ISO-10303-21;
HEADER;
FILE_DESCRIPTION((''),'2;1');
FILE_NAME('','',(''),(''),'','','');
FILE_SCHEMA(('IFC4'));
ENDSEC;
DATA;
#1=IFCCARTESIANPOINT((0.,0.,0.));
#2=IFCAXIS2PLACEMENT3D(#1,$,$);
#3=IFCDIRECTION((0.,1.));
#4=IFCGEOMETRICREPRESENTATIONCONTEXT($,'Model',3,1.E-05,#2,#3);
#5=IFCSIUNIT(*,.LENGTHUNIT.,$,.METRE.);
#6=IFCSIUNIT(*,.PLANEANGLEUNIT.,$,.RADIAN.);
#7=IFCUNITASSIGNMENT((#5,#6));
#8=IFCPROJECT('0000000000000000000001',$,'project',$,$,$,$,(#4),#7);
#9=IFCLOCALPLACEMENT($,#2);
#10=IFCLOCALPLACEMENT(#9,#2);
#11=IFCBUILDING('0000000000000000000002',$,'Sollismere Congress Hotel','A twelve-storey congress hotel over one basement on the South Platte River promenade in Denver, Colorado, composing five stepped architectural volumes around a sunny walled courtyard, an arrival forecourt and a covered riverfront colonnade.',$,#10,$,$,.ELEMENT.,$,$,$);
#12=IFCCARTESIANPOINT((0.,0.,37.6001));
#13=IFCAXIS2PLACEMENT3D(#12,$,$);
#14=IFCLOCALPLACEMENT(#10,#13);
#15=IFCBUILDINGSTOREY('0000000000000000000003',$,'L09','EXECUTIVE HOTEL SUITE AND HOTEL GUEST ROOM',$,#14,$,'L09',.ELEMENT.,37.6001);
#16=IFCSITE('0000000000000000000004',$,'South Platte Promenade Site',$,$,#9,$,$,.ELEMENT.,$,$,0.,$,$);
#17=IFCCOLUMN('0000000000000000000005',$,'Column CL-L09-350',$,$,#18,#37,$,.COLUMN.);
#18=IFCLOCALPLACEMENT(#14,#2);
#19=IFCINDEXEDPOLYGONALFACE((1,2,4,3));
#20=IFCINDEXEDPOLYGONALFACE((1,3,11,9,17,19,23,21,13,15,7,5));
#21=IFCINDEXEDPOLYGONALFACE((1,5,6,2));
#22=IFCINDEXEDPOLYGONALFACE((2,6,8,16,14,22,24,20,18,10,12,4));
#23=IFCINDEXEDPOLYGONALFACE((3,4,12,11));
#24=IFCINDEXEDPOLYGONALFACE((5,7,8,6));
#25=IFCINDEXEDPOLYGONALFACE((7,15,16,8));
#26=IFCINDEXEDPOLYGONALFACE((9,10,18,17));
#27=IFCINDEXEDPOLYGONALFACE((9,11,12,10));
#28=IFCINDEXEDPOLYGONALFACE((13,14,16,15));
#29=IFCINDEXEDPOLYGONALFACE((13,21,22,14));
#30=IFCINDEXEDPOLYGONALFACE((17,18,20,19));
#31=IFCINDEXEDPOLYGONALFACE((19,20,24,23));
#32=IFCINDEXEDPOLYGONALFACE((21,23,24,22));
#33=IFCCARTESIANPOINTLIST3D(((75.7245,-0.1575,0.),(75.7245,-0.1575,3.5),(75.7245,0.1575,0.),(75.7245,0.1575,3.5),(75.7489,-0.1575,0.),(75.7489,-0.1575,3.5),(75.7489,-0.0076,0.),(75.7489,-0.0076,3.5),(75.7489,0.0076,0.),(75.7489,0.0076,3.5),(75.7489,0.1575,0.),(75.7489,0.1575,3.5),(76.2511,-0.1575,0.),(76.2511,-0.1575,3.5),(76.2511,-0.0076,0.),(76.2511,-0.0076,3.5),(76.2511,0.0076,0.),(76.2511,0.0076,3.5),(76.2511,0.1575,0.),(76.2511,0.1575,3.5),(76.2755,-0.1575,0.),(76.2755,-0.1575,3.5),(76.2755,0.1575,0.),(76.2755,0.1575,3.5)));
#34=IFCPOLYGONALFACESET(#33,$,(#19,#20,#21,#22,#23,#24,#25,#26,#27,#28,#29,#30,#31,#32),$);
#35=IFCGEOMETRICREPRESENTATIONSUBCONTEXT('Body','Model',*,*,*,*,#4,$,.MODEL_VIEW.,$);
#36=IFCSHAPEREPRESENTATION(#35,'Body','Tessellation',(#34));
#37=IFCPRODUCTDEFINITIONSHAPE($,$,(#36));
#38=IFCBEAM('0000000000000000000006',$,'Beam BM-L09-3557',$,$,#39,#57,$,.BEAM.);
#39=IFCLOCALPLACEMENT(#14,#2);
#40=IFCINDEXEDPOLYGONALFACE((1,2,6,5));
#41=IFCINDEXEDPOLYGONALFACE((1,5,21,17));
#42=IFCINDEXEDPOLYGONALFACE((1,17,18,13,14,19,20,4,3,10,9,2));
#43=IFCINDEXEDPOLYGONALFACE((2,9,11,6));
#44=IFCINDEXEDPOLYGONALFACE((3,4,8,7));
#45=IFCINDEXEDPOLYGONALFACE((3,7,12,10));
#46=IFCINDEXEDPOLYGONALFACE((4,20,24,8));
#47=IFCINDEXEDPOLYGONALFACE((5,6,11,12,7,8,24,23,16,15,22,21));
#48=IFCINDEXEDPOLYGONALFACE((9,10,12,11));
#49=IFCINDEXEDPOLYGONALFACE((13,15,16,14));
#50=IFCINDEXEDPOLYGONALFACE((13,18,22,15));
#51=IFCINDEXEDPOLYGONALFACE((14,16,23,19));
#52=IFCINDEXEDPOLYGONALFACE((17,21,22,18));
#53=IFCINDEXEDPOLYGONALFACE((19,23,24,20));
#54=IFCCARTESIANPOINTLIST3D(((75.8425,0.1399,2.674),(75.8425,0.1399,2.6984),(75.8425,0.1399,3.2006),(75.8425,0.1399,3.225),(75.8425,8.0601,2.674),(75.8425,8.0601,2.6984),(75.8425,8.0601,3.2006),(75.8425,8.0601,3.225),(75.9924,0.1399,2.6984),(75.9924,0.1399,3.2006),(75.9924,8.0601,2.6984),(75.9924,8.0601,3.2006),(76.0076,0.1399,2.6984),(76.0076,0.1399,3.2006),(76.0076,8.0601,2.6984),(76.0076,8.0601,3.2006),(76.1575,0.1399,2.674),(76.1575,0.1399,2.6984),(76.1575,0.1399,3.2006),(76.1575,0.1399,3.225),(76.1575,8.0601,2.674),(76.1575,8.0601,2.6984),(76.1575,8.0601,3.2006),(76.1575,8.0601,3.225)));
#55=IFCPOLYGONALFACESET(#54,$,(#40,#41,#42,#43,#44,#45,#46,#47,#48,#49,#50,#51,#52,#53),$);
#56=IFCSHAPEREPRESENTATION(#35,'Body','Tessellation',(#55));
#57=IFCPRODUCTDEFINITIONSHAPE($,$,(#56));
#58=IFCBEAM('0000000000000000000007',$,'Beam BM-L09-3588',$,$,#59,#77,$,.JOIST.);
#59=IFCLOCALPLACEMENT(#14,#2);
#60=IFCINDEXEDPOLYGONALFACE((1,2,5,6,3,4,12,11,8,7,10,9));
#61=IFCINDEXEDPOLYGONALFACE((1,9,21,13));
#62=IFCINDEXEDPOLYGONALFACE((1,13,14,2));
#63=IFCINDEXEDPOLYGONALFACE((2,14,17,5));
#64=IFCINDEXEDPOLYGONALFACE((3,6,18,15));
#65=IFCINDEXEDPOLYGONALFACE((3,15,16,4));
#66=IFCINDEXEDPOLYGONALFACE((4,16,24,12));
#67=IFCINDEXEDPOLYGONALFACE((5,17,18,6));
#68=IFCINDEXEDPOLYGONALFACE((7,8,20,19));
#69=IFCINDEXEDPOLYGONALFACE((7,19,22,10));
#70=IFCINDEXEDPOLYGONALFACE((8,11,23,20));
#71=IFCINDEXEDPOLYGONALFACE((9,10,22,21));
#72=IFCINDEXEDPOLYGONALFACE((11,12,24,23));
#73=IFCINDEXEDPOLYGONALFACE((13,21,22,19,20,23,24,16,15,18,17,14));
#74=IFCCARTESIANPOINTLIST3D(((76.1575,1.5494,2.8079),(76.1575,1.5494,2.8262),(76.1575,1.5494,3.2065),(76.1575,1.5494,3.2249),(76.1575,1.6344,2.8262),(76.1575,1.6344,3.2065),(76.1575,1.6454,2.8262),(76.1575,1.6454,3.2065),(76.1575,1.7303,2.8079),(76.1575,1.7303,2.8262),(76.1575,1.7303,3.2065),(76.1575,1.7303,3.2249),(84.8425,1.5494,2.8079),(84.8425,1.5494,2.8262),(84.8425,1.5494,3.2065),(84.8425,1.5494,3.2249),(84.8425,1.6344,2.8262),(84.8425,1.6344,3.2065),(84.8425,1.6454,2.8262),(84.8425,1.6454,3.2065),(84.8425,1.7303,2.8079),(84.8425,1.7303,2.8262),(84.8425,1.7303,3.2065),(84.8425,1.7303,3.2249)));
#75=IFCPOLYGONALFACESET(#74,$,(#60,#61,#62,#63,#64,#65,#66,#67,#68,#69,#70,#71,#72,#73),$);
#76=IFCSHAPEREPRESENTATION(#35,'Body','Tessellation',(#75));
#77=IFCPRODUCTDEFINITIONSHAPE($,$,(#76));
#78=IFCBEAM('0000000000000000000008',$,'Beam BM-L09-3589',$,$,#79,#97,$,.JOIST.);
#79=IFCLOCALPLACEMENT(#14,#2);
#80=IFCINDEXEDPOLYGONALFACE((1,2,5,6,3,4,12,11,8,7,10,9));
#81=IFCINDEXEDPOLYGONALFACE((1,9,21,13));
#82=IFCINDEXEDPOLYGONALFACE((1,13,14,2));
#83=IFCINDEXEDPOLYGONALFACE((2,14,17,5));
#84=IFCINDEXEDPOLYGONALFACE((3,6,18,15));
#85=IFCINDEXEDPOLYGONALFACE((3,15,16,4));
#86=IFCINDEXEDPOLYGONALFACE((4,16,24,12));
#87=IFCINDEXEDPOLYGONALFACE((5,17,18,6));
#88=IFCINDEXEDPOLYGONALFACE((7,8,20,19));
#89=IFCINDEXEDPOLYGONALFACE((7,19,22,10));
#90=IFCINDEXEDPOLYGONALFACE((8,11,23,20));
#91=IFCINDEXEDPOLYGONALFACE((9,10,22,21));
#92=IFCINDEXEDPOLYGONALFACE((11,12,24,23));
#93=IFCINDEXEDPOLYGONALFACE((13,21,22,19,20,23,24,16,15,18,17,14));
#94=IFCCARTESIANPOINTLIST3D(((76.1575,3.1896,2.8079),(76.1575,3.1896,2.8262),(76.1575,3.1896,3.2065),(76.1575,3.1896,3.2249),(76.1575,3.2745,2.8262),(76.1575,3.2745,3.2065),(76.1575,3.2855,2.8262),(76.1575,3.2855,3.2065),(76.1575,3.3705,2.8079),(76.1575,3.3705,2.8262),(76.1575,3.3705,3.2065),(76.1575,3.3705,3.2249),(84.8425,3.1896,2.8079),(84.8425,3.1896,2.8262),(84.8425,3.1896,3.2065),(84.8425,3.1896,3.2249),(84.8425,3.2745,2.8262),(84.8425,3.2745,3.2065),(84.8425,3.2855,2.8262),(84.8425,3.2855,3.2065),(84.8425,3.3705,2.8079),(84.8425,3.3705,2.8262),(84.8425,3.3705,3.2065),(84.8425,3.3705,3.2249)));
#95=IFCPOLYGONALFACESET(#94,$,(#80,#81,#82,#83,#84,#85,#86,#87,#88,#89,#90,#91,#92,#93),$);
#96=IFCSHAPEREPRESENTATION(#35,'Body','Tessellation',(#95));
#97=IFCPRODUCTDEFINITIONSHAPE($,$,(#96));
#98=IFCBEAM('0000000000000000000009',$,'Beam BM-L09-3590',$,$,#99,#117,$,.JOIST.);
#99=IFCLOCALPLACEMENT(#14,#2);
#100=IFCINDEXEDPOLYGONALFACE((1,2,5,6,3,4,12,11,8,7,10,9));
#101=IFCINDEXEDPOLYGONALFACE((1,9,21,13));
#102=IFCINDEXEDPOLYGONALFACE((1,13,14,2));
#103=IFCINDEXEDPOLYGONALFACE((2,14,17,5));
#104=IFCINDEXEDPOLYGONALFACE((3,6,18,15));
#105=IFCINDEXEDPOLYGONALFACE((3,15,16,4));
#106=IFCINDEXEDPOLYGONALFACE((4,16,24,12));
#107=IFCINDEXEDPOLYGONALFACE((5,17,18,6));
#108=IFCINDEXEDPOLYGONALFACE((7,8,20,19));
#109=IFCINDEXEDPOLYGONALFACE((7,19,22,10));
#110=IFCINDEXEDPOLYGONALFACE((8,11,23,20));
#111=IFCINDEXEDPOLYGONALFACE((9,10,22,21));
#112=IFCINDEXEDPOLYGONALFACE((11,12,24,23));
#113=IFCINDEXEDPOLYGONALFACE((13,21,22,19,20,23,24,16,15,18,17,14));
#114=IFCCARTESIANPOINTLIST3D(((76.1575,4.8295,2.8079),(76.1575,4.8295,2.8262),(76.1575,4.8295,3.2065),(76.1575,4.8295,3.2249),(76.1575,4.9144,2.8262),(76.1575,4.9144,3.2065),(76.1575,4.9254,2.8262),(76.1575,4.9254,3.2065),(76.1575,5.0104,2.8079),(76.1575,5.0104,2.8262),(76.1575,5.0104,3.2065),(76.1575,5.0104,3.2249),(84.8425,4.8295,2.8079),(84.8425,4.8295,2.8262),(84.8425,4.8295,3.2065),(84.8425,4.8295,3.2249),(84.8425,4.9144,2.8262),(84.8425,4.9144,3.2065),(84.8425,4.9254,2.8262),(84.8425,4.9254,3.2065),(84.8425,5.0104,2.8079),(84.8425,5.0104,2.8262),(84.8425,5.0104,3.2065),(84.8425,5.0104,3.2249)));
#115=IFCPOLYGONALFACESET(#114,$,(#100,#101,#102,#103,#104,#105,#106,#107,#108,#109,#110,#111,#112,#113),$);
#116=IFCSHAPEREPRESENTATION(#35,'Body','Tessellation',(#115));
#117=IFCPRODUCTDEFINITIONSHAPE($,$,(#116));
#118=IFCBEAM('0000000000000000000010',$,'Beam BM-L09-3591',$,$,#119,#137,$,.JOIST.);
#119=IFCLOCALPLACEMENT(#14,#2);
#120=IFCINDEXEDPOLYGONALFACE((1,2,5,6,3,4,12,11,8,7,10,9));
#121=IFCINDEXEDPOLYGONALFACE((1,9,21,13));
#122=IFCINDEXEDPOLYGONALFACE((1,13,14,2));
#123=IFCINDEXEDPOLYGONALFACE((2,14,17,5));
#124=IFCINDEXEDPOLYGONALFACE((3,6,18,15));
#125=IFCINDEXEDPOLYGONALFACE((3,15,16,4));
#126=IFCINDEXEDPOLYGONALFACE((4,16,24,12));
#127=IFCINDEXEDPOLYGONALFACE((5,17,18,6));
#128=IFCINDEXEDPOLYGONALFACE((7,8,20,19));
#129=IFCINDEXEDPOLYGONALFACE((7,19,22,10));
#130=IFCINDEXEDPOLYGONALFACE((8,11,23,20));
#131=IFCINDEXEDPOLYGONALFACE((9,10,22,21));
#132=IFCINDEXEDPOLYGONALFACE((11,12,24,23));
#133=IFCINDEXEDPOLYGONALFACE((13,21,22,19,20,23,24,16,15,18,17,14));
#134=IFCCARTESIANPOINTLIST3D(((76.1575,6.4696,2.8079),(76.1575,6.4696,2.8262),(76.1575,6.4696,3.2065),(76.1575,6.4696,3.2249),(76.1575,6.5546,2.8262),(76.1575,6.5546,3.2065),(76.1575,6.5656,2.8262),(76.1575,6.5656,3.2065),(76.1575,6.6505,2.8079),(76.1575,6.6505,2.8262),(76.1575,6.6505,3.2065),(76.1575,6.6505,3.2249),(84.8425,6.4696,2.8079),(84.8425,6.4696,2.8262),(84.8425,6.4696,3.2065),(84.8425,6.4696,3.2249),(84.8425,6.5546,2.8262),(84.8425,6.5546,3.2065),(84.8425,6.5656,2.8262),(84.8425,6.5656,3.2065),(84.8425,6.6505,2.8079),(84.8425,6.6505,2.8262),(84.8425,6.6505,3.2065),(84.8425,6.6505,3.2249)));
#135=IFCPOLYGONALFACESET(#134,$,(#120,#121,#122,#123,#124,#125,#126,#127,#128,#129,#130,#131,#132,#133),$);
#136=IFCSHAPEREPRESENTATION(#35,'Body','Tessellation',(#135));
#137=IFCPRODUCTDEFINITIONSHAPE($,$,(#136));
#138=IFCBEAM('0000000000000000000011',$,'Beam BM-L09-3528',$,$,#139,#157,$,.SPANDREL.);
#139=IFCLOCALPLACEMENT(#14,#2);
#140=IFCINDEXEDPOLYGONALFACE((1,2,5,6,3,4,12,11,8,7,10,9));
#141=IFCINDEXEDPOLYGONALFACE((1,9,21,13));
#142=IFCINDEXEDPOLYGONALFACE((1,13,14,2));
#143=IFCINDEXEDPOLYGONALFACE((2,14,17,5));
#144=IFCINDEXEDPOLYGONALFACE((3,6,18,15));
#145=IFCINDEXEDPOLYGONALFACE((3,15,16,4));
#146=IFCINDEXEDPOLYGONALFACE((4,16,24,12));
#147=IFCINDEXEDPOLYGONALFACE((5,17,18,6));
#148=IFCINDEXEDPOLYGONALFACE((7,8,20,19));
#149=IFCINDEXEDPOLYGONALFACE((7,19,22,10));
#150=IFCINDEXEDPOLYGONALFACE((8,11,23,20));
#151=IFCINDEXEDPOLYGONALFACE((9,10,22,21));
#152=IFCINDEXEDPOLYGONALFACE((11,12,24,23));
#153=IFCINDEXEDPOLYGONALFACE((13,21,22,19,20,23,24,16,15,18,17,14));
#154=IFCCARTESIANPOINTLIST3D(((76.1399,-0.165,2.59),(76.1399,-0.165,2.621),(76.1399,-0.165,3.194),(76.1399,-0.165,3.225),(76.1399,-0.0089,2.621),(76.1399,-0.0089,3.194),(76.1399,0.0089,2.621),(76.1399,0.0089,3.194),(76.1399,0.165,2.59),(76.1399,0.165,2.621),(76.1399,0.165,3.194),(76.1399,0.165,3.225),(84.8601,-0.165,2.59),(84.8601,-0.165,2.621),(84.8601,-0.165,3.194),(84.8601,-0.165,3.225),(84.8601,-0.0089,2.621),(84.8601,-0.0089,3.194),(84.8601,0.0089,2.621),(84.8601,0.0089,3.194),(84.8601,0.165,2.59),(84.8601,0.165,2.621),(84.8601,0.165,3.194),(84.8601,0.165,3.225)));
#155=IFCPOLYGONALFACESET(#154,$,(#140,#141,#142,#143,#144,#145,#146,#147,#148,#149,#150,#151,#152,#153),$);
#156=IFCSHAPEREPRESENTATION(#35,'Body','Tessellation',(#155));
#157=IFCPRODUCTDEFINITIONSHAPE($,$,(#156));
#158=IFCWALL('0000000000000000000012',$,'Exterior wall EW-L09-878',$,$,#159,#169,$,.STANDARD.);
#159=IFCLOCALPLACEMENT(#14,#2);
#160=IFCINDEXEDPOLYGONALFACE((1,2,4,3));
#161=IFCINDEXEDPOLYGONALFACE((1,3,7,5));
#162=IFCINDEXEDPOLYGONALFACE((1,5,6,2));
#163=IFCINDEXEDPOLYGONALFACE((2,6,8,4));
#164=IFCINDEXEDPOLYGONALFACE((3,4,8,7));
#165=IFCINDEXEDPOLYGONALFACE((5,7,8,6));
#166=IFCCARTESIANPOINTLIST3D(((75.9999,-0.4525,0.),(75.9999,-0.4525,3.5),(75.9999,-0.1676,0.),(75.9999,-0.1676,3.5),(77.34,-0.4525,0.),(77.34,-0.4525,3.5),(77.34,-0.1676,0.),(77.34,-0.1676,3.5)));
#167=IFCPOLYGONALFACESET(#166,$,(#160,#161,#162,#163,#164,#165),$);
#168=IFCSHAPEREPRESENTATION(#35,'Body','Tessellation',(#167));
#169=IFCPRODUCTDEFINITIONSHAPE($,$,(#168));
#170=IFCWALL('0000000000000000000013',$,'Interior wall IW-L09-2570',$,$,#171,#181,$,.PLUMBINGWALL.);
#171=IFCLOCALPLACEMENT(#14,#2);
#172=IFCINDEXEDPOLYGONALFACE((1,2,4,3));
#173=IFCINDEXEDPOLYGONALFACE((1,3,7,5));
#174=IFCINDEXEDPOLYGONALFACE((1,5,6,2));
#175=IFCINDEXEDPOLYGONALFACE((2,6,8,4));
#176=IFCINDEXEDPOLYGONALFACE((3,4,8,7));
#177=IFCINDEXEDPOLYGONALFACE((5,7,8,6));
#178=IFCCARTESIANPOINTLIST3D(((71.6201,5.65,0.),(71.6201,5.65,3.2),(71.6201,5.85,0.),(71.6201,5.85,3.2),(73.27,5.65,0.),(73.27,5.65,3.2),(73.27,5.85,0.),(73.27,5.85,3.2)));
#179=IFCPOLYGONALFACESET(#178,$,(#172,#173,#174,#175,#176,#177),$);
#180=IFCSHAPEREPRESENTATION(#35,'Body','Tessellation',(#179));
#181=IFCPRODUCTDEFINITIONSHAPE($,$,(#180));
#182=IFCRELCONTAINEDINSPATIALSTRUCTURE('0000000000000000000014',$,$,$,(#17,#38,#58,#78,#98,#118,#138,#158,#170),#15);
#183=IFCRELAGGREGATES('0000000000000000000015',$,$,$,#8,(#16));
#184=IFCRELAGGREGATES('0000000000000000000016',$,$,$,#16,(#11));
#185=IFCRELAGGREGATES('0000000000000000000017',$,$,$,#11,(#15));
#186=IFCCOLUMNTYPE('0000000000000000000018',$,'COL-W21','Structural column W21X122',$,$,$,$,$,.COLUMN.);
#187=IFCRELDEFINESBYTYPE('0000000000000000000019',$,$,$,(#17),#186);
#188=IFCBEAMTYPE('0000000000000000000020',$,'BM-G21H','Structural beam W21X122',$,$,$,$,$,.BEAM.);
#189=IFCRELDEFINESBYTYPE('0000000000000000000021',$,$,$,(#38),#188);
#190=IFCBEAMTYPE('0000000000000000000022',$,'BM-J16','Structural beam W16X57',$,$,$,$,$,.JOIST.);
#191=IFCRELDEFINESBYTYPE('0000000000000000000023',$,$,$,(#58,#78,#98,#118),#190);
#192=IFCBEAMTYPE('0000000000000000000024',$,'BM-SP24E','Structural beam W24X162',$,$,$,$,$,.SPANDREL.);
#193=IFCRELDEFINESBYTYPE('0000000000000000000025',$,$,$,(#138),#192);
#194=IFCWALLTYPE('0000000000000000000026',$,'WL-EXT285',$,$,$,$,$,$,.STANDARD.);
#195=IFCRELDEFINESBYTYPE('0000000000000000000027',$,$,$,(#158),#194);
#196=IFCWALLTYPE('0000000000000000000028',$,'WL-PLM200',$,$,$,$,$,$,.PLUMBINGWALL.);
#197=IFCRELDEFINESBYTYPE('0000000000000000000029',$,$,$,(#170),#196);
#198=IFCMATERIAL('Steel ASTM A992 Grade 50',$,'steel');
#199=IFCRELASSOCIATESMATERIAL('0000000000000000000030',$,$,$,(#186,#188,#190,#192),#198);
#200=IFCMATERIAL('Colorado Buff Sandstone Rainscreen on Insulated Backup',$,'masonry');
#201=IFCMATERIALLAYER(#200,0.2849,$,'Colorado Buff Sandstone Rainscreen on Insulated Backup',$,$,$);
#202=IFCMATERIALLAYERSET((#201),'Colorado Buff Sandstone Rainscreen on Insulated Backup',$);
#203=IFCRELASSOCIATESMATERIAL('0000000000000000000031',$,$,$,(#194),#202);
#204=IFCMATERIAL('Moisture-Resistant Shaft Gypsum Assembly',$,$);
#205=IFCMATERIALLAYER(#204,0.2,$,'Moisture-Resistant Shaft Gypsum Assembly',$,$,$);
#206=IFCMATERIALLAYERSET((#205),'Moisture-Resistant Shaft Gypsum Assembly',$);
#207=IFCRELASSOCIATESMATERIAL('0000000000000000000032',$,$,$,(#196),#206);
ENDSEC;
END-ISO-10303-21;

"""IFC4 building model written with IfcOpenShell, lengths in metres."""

from ifc_helpers import new_model, si_unit, direction, frame, frame_2d, origin, origin_2d, place, context, subcontext, project, spatial, rectangle, i_section, extrude, material, layer, layer_set, material_profile, profile_set, type_object, element, save


model = new_model("IFC4")

# Units and contexts
model_context = context("Model", 3, precision=1e-05, world=origin(), true_north=direction((0.0, 1.0)))
body_context = subcontext(model_context, "Body", "Model", "MODEL_VIEW")
ifc_project = project(units=[si_unit("LENGTHUNIT", "METRE"), si_unit("PLANEANGLEUNIT", "RADIAN")], contexts=[model_context])

# Site, building, storey
site_placement = place(None, origin())
site = spatial("IfcSite", under=ifc_project, at=site_placement, Name="South Platte Promenade Site", CompositionType="ELEMENT", RefElevation=0.0)
building_placement = place(site_placement, origin())
building = spatial("IfcBuilding", under=site, at=building_placement, Name="Sollismere Congress Hotel", Description="A twelve-storey congress hotel over one basement on the South Platte River promenade in Denver, Colorado, composing five stepped architectural volumes around a sunny walled courtyard, an arrival forecourt and a covered riverfront colonnade.", CompositionType="ELEMENT")
storey_placement = place(building_placement, frame((0.0, 0.0, 37.6001)))
storey = spatial("IfcBuildingStorey", under=building, at=storey_placement, Name="L09", Description="EXECUTIVE HOTEL SUITE AND HOTEL GUEST ROOM", LongName="L09", CompositionType="ELEMENT", Elevation=37.6001)

# Column
ifc_material_1 = material(Name="Steel ASTM A992 Grade 50", Category="steel")
ifc_material_profile_1 = material_profile(ifc_material_1, i_section(OverallWidth=0.3149, OverallDepth=0.551, WebThickness=0.0151, FlangeThickness=0.0244, at=origin_2d()), Name="W21X122")
ifc_profile_set_1 = profile_set([ifc_material_profile_1], Name="Steel ASTM A992 Grade 50")
column_type = type_object("IfcColumnType", Name="COL-W21", Description="Structural column W21X122", PredefinedType="COLUMN", material=ifc_profile_set_1)
column_placement = place(storey_placement, frame((76.0, 0.0, 0.0), z_axis=(0.0, 0.0, 1.0), x_axis=(0.0, 1.0, 0.0)))
element("IfcColumn", 1, at=column_placement, inside=storey, type_object=column_type, Name="Column CL-L09-350", PredefinedType="COLUMN", context=body_context, shape_type="SweptSolid", body=[
    extrude(i_section(OverallWidth=0.3149, OverallDepth=0.551, WebThickness=0.0151, FlangeThickness=0.0244, at=origin_2d()), origin(), (0.0, 0.0, 1.0), 3.5),
])

# Beams
ifc_material_profile_2 = material_profile(ifc_material_1, i_section(OverallWidth=0.3149, OverallDepth=0.551, WebThickness=0.0151, FlangeThickness=0.0244, at=origin_2d()), Name="W21X122")
ifc_profile_set_2 = profile_set([ifc_material_profile_2], Name="Steel ASTM A992 Grade 50")
beam_type_1 = type_object("IfcBeamType", Name="BM-G21H", Description="Structural beam W21X122", PredefinedType="BEAM", material=ifc_profile_set_2)
beam_1_placement = place(storey_placement, frame((76.0, 0.1399, 2.9495), z_axis=(0.0, 1.0, 0.0), x_axis=(-1.0, 0.0, 0.0)))
element("IfcBeam", 2, at=beam_1_placement, inside=storey, type_object=beam_type_1, Name="Beam BM-L09-3557", PredefinedType="BEAM", context=body_context, shape_type="SweptSolid", body=[
    extrude(i_section(OverallWidth=0.3149, OverallDepth=0.551, WebThickness=0.0151, FlangeThickness=0.0244, at=origin_2d()), origin(), (0.0, 0.0, 1.0), 7.9202),
])
ifc_material_profile_3 = material_profile(ifc_material_1, i_section(OverallWidth=0.1809, OverallDepth=0.417, WebThickness=0.011, FlangeThickness=0.0183, at=origin_2d()), Name="W16X57")
ifc_profile_set_3 = profile_set([ifc_material_profile_3], Name="Steel ASTM A992 Grade 50")
beam_type_2 = type_object("IfcBeamType", Name="BM-J16", Description="Structural beam W16X57", PredefinedType="JOIST", material=ifc_profile_set_3)
for number, where, z_axis, x_axis, name in (
    (3, (76.1575, 1.6399, 3.0164), (1.0, 0.0, 0.0), (0.0, 1.0, 0.0), "Beam BM-L09-3588"),
    (4, (76.1575, 3.28, 3.0164), (1.0, 0.0, 0.0), (0.0, 1.0, 0.0), "Beam BM-L09-3589"),
    (5, (76.1575, 4.9199, 3.0164), (1.0, 0.0, 0.0), (0.0, 1.0, 0.0), "Beam BM-L09-3590"),
    (6, (76.1575, 6.5601, 3.0164), (1.0, 0.0, 0.0), (0.0, 1.0, 0.0), "Beam BM-L09-3591"),
):
    element("IfcBeam", number, at=place(storey_placement, frame(where, z_axis=z_axis, x_axis=x_axis)), inside=storey, type_object=beam_type_2, Name=name, PredefinedType="JOIST", context=body_context, shape_type="SweptSolid", body=[
        extrude(i_section(OverallWidth=0.1809, OverallDepth=0.417, WebThickness=0.011, FlangeThickness=0.0183, at=origin_2d()), origin(), (0.0, 0.0, 1.0), 8.6851),
    ])
ifc_material_profile_4 = material_profile(ifc_material_1, i_section(OverallWidth=0.3301, OverallDepth=0.635, WebThickness=0.0178, FlangeThickness=0.031, at=origin_2d()), Name="W24X162")
ifc_profile_set_4 = profile_set([ifc_material_profile_4], Name="Steel ASTM A992 Grade 50")
beam_type_3 = type_object("IfcBeamType", Name="BM-SP24E", Description="Structural beam W24X162", PredefinedType="SPANDREL", material=ifc_profile_set_4)
beam_2_placement = place(storey_placement, frame((76.1399, 0.0, 2.9075), z_axis=(1.0, 0.0, 0.0), x_axis=(0.0, 1.0, 0.0)))
element("IfcBeam", 7, at=beam_2_placement, inside=storey, type_object=beam_type_3, Name="Beam BM-L09-3528", PredefinedType="SPANDREL", context=body_context, shape_type="SweptSolid", body=[
    extrude(i_section(OverallWidth=0.3301, OverallDepth=0.635, WebThickness=0.0178, FlangeThickness=0.031, at=origin_2d()), origin(), (0.0, 0.0, 1.0), 8.7202),
])

# Walls
ifc_material_2 = material(Name="Colorado Buff Sandstone Rainscreen on Insulated Backup", Category="masonry")
ifc_layer_1 = layer(ifc_material_2, 0.2849, Name="Colorado Buff Sandstone Rainscreen on Insulated Backup")
ifc_layer_set_1 = layer_set([ifc_layer_1], Name="Colorado Buff Sandstone Rainscreen on Insulated Backup")
wall_type_1 = type_object("IfcWallType", Name="WL-EXT285", PredefinedType="STANDARD", material=ifc_layer_set_1)
wall_1_placement = place(storey_placement, frame((76.0, -0.3101, 0.0), z_axis=(0.0, 0.0, 1.0), x_axis=(1.0, 0.0, 0.0)))
element("IfcWall", 8, at=wall_1_placement, inside=storey, type_object=wall_type_1, Name="Exterior wall EW-L09-878", PredefinedType="STANDARD", context=body_context, shape_type="SweptSolid", body=[
    extrude(rectangle(XDim=1.3401, YDim=0.2849, at=frame_2d((0.6699, 0.0))), origin(), (0.0, 0.0, 1.0), 3.5),
])
ifc_material_3 = material(Name="Moisture-Resistant Shaft Gypsum Assembly")
ifc_layer_2 = layer(ifc_material_3, 0.2, Name="Moisture-Resistant Shaft Gypsum Assembly")
ifc_layer_set_2 = layer_set([ifc_layer_2], Name="Moisture-Resistant Shaft Gypsum Assembly")
wall_type_2 = type_object("IfcWallType", Name="WL-PLM200", PredefinedType="PLUMBINGWALL", material=ifc_layer_set_2)
wall_2_placement = place(storey_placement, frame((71.6201, 5.75, 0.0), z_axis=(0.0, 0.0, 1.0), x_axis=(1.0, 0.0, 0.0)))
element("IfcWall", 9, at=wall_2_placement, inside=storey, type_object=wall_type_2, Name="Interior wall IW-L09-2570", PredefinedType="PLUMBINGWALL", context=body_context, shape_type="SweptSolid", body=[
    extrude(rectangle(XDim=1.6499, YDim=0.2, at=frame_2d((0.825, 0.0))), origin(), (0.0, 0.0, 1.0), 3.2),
])

save(model, "model.ifc")
